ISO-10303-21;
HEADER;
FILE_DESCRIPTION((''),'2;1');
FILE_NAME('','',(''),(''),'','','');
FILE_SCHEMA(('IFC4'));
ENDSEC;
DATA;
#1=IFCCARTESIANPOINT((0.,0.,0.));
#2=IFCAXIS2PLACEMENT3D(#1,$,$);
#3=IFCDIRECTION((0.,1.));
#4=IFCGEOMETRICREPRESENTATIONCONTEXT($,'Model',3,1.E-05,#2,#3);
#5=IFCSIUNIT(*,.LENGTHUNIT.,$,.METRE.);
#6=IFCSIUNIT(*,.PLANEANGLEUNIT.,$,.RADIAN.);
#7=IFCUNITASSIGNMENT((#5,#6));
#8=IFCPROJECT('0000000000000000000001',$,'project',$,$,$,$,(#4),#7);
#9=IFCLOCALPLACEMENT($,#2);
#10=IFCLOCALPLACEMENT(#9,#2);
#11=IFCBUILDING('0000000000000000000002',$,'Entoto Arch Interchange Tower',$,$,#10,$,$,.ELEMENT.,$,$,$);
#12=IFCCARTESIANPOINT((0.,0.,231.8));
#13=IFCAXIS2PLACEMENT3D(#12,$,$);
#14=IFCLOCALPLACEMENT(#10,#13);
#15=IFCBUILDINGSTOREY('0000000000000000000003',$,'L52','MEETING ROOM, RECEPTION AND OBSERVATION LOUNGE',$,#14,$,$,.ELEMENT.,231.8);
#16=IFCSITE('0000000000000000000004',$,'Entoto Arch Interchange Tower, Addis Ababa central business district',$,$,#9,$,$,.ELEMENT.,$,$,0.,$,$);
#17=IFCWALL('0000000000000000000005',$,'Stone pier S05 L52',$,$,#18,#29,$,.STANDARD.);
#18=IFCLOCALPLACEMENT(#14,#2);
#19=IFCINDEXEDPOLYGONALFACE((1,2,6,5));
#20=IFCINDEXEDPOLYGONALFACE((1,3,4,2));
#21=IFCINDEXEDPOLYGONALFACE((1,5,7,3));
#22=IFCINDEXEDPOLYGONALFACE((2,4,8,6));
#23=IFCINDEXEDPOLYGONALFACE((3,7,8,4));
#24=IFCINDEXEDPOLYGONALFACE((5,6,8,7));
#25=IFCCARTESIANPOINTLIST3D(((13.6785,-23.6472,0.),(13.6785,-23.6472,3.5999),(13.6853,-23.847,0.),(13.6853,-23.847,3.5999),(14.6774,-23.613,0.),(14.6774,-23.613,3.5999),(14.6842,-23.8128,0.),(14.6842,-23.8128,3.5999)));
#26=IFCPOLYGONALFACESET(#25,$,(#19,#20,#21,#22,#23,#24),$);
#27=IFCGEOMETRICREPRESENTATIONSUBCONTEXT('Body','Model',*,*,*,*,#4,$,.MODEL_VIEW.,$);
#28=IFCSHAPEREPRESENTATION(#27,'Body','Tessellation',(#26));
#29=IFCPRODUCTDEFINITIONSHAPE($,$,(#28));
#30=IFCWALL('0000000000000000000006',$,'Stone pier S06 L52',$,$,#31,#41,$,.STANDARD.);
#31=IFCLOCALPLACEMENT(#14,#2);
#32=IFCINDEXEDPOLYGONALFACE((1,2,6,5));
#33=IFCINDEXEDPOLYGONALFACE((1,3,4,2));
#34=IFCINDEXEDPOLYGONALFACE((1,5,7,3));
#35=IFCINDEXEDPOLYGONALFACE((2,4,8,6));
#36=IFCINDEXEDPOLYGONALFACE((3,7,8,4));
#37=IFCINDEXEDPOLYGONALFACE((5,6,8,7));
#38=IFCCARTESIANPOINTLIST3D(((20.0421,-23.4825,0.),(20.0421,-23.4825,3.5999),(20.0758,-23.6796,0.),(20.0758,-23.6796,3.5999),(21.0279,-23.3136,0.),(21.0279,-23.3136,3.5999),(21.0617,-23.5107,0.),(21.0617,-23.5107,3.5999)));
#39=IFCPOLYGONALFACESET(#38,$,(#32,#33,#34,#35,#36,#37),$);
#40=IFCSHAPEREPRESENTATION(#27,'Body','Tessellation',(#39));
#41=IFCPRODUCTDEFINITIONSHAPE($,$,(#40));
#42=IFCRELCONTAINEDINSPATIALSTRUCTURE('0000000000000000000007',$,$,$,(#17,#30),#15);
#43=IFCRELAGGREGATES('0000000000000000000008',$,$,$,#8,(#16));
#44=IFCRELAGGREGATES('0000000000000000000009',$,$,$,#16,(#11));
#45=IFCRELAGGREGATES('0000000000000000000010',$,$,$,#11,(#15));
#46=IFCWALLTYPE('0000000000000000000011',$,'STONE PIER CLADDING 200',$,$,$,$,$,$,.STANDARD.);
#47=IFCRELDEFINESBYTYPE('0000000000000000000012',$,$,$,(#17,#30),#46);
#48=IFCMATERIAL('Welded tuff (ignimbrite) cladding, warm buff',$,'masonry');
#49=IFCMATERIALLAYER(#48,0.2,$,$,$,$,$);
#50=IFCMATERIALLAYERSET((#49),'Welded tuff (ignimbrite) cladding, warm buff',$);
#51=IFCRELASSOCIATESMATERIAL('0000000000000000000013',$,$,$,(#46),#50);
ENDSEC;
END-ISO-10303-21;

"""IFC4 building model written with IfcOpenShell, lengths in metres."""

from ifc_helpers import new_model, si_unit, direction, frame, frame_2d, origin, place, context, subcontext, project, spatial, rectangle, extrude, material, layer, layer_set, type_object, element, save


model = new_model("IFC4")

# Units and contexts
model_context = context("Model", 3, precision=1e-05, world=origin(), true_north=direction((0.0, 1.0)))
body_context = subcontext(model_context, "Body", "Model", "MODEL_VIEW")
ifc_project = project(units=[si_unit("LENGTHUNIT", "METRE"), si_unit("PLANEANGLEUNIT", "RADIAN")], contexts=[model_context])

# Site, building, storey
site_placement = place(None, origin())
site = spatial("IfcSite", under=ifc_project, at=site_placement, Name="Entoto Arch Interchange Tower, Addis Ababa central business district", CompositionType="ELEMENT", RefElevation=0.0)
building_placement = place(site_placement, origin())
building = spatial("IfcBuilding", under=site, at=building_placement, Name="Entoto Arch Interchange Tower", CompositionType="ELEMENT")
storey_placement = place(building_placement, frame((0.0, 0.0, 231.8)))
storey = spatial("IfcBuildingStorey", under=building, at=storey_placement, Name="L52", Description="MEETING ROOM, RECEPTION AND OBSERVATION LOUNGE", CompositionType="ELEMENT", Elevation=231.8)

# Shared definitions
ifc_material_1 = material(Name="Welded tuff (ignimbrite) cladding, warm buff", Category="masonry")

# Walls
ifc_layer_1 = layer(ifc_material_1, 0.2)
ifc_layer_set_1 = layer_set([ifc_layer_1], Name="Welded tuff (ignimbrite) cladding, warm buff")
wall_type_1 = type_object("IfcWallType", Name="STONE PIER CLADDING 200", PredefinedType="STANDARD", material=ifc_layer_set_1)
wall_1_placement = place(storey_placement, frame((13.6819, -23.7471, 0.0), z_axis=(0.0, 0.0, 1.0), x_axis=(0.999415, 0.034193, 0.0)))
element("IfcWall", 1, at=wall_1_placement, inside=storey, type_object=wall_type_1, Name="Stone pier S05 L52", PredefinedType="STANDARD", context=body_context, shape_type="SweptSolid", body=[
    extrude(rectangle(XDim=0.9995, YDim=0.2, at=frame_2d((0.4998, 0.0))), origin(), (0.0, 0.0, 1.0), 3.5999),
])
wall_2_placement = place(storey_placement, frame((20.0591, -23.5811, 0.0), z_axis=(0.0, 0.0, 1.0), x_axis=(0.985632, 0.16891, 0.0)))
element("IfcWall", 2, at=wall_2_placement, inside=storey, type_object=wall_type_1, Name="Stone pier S06 L52", PredefinedType="STANDARD", context=body_context, shape_type="SweptSolid", body=[
    extrude(rectangle(XDim=1.0002, YDim=0.2, at=frame_2d((0.5, 0.0))), origin(), (0.0, 0.0, 1.0), 3.5999),
])

save(model, "model.ifc")
